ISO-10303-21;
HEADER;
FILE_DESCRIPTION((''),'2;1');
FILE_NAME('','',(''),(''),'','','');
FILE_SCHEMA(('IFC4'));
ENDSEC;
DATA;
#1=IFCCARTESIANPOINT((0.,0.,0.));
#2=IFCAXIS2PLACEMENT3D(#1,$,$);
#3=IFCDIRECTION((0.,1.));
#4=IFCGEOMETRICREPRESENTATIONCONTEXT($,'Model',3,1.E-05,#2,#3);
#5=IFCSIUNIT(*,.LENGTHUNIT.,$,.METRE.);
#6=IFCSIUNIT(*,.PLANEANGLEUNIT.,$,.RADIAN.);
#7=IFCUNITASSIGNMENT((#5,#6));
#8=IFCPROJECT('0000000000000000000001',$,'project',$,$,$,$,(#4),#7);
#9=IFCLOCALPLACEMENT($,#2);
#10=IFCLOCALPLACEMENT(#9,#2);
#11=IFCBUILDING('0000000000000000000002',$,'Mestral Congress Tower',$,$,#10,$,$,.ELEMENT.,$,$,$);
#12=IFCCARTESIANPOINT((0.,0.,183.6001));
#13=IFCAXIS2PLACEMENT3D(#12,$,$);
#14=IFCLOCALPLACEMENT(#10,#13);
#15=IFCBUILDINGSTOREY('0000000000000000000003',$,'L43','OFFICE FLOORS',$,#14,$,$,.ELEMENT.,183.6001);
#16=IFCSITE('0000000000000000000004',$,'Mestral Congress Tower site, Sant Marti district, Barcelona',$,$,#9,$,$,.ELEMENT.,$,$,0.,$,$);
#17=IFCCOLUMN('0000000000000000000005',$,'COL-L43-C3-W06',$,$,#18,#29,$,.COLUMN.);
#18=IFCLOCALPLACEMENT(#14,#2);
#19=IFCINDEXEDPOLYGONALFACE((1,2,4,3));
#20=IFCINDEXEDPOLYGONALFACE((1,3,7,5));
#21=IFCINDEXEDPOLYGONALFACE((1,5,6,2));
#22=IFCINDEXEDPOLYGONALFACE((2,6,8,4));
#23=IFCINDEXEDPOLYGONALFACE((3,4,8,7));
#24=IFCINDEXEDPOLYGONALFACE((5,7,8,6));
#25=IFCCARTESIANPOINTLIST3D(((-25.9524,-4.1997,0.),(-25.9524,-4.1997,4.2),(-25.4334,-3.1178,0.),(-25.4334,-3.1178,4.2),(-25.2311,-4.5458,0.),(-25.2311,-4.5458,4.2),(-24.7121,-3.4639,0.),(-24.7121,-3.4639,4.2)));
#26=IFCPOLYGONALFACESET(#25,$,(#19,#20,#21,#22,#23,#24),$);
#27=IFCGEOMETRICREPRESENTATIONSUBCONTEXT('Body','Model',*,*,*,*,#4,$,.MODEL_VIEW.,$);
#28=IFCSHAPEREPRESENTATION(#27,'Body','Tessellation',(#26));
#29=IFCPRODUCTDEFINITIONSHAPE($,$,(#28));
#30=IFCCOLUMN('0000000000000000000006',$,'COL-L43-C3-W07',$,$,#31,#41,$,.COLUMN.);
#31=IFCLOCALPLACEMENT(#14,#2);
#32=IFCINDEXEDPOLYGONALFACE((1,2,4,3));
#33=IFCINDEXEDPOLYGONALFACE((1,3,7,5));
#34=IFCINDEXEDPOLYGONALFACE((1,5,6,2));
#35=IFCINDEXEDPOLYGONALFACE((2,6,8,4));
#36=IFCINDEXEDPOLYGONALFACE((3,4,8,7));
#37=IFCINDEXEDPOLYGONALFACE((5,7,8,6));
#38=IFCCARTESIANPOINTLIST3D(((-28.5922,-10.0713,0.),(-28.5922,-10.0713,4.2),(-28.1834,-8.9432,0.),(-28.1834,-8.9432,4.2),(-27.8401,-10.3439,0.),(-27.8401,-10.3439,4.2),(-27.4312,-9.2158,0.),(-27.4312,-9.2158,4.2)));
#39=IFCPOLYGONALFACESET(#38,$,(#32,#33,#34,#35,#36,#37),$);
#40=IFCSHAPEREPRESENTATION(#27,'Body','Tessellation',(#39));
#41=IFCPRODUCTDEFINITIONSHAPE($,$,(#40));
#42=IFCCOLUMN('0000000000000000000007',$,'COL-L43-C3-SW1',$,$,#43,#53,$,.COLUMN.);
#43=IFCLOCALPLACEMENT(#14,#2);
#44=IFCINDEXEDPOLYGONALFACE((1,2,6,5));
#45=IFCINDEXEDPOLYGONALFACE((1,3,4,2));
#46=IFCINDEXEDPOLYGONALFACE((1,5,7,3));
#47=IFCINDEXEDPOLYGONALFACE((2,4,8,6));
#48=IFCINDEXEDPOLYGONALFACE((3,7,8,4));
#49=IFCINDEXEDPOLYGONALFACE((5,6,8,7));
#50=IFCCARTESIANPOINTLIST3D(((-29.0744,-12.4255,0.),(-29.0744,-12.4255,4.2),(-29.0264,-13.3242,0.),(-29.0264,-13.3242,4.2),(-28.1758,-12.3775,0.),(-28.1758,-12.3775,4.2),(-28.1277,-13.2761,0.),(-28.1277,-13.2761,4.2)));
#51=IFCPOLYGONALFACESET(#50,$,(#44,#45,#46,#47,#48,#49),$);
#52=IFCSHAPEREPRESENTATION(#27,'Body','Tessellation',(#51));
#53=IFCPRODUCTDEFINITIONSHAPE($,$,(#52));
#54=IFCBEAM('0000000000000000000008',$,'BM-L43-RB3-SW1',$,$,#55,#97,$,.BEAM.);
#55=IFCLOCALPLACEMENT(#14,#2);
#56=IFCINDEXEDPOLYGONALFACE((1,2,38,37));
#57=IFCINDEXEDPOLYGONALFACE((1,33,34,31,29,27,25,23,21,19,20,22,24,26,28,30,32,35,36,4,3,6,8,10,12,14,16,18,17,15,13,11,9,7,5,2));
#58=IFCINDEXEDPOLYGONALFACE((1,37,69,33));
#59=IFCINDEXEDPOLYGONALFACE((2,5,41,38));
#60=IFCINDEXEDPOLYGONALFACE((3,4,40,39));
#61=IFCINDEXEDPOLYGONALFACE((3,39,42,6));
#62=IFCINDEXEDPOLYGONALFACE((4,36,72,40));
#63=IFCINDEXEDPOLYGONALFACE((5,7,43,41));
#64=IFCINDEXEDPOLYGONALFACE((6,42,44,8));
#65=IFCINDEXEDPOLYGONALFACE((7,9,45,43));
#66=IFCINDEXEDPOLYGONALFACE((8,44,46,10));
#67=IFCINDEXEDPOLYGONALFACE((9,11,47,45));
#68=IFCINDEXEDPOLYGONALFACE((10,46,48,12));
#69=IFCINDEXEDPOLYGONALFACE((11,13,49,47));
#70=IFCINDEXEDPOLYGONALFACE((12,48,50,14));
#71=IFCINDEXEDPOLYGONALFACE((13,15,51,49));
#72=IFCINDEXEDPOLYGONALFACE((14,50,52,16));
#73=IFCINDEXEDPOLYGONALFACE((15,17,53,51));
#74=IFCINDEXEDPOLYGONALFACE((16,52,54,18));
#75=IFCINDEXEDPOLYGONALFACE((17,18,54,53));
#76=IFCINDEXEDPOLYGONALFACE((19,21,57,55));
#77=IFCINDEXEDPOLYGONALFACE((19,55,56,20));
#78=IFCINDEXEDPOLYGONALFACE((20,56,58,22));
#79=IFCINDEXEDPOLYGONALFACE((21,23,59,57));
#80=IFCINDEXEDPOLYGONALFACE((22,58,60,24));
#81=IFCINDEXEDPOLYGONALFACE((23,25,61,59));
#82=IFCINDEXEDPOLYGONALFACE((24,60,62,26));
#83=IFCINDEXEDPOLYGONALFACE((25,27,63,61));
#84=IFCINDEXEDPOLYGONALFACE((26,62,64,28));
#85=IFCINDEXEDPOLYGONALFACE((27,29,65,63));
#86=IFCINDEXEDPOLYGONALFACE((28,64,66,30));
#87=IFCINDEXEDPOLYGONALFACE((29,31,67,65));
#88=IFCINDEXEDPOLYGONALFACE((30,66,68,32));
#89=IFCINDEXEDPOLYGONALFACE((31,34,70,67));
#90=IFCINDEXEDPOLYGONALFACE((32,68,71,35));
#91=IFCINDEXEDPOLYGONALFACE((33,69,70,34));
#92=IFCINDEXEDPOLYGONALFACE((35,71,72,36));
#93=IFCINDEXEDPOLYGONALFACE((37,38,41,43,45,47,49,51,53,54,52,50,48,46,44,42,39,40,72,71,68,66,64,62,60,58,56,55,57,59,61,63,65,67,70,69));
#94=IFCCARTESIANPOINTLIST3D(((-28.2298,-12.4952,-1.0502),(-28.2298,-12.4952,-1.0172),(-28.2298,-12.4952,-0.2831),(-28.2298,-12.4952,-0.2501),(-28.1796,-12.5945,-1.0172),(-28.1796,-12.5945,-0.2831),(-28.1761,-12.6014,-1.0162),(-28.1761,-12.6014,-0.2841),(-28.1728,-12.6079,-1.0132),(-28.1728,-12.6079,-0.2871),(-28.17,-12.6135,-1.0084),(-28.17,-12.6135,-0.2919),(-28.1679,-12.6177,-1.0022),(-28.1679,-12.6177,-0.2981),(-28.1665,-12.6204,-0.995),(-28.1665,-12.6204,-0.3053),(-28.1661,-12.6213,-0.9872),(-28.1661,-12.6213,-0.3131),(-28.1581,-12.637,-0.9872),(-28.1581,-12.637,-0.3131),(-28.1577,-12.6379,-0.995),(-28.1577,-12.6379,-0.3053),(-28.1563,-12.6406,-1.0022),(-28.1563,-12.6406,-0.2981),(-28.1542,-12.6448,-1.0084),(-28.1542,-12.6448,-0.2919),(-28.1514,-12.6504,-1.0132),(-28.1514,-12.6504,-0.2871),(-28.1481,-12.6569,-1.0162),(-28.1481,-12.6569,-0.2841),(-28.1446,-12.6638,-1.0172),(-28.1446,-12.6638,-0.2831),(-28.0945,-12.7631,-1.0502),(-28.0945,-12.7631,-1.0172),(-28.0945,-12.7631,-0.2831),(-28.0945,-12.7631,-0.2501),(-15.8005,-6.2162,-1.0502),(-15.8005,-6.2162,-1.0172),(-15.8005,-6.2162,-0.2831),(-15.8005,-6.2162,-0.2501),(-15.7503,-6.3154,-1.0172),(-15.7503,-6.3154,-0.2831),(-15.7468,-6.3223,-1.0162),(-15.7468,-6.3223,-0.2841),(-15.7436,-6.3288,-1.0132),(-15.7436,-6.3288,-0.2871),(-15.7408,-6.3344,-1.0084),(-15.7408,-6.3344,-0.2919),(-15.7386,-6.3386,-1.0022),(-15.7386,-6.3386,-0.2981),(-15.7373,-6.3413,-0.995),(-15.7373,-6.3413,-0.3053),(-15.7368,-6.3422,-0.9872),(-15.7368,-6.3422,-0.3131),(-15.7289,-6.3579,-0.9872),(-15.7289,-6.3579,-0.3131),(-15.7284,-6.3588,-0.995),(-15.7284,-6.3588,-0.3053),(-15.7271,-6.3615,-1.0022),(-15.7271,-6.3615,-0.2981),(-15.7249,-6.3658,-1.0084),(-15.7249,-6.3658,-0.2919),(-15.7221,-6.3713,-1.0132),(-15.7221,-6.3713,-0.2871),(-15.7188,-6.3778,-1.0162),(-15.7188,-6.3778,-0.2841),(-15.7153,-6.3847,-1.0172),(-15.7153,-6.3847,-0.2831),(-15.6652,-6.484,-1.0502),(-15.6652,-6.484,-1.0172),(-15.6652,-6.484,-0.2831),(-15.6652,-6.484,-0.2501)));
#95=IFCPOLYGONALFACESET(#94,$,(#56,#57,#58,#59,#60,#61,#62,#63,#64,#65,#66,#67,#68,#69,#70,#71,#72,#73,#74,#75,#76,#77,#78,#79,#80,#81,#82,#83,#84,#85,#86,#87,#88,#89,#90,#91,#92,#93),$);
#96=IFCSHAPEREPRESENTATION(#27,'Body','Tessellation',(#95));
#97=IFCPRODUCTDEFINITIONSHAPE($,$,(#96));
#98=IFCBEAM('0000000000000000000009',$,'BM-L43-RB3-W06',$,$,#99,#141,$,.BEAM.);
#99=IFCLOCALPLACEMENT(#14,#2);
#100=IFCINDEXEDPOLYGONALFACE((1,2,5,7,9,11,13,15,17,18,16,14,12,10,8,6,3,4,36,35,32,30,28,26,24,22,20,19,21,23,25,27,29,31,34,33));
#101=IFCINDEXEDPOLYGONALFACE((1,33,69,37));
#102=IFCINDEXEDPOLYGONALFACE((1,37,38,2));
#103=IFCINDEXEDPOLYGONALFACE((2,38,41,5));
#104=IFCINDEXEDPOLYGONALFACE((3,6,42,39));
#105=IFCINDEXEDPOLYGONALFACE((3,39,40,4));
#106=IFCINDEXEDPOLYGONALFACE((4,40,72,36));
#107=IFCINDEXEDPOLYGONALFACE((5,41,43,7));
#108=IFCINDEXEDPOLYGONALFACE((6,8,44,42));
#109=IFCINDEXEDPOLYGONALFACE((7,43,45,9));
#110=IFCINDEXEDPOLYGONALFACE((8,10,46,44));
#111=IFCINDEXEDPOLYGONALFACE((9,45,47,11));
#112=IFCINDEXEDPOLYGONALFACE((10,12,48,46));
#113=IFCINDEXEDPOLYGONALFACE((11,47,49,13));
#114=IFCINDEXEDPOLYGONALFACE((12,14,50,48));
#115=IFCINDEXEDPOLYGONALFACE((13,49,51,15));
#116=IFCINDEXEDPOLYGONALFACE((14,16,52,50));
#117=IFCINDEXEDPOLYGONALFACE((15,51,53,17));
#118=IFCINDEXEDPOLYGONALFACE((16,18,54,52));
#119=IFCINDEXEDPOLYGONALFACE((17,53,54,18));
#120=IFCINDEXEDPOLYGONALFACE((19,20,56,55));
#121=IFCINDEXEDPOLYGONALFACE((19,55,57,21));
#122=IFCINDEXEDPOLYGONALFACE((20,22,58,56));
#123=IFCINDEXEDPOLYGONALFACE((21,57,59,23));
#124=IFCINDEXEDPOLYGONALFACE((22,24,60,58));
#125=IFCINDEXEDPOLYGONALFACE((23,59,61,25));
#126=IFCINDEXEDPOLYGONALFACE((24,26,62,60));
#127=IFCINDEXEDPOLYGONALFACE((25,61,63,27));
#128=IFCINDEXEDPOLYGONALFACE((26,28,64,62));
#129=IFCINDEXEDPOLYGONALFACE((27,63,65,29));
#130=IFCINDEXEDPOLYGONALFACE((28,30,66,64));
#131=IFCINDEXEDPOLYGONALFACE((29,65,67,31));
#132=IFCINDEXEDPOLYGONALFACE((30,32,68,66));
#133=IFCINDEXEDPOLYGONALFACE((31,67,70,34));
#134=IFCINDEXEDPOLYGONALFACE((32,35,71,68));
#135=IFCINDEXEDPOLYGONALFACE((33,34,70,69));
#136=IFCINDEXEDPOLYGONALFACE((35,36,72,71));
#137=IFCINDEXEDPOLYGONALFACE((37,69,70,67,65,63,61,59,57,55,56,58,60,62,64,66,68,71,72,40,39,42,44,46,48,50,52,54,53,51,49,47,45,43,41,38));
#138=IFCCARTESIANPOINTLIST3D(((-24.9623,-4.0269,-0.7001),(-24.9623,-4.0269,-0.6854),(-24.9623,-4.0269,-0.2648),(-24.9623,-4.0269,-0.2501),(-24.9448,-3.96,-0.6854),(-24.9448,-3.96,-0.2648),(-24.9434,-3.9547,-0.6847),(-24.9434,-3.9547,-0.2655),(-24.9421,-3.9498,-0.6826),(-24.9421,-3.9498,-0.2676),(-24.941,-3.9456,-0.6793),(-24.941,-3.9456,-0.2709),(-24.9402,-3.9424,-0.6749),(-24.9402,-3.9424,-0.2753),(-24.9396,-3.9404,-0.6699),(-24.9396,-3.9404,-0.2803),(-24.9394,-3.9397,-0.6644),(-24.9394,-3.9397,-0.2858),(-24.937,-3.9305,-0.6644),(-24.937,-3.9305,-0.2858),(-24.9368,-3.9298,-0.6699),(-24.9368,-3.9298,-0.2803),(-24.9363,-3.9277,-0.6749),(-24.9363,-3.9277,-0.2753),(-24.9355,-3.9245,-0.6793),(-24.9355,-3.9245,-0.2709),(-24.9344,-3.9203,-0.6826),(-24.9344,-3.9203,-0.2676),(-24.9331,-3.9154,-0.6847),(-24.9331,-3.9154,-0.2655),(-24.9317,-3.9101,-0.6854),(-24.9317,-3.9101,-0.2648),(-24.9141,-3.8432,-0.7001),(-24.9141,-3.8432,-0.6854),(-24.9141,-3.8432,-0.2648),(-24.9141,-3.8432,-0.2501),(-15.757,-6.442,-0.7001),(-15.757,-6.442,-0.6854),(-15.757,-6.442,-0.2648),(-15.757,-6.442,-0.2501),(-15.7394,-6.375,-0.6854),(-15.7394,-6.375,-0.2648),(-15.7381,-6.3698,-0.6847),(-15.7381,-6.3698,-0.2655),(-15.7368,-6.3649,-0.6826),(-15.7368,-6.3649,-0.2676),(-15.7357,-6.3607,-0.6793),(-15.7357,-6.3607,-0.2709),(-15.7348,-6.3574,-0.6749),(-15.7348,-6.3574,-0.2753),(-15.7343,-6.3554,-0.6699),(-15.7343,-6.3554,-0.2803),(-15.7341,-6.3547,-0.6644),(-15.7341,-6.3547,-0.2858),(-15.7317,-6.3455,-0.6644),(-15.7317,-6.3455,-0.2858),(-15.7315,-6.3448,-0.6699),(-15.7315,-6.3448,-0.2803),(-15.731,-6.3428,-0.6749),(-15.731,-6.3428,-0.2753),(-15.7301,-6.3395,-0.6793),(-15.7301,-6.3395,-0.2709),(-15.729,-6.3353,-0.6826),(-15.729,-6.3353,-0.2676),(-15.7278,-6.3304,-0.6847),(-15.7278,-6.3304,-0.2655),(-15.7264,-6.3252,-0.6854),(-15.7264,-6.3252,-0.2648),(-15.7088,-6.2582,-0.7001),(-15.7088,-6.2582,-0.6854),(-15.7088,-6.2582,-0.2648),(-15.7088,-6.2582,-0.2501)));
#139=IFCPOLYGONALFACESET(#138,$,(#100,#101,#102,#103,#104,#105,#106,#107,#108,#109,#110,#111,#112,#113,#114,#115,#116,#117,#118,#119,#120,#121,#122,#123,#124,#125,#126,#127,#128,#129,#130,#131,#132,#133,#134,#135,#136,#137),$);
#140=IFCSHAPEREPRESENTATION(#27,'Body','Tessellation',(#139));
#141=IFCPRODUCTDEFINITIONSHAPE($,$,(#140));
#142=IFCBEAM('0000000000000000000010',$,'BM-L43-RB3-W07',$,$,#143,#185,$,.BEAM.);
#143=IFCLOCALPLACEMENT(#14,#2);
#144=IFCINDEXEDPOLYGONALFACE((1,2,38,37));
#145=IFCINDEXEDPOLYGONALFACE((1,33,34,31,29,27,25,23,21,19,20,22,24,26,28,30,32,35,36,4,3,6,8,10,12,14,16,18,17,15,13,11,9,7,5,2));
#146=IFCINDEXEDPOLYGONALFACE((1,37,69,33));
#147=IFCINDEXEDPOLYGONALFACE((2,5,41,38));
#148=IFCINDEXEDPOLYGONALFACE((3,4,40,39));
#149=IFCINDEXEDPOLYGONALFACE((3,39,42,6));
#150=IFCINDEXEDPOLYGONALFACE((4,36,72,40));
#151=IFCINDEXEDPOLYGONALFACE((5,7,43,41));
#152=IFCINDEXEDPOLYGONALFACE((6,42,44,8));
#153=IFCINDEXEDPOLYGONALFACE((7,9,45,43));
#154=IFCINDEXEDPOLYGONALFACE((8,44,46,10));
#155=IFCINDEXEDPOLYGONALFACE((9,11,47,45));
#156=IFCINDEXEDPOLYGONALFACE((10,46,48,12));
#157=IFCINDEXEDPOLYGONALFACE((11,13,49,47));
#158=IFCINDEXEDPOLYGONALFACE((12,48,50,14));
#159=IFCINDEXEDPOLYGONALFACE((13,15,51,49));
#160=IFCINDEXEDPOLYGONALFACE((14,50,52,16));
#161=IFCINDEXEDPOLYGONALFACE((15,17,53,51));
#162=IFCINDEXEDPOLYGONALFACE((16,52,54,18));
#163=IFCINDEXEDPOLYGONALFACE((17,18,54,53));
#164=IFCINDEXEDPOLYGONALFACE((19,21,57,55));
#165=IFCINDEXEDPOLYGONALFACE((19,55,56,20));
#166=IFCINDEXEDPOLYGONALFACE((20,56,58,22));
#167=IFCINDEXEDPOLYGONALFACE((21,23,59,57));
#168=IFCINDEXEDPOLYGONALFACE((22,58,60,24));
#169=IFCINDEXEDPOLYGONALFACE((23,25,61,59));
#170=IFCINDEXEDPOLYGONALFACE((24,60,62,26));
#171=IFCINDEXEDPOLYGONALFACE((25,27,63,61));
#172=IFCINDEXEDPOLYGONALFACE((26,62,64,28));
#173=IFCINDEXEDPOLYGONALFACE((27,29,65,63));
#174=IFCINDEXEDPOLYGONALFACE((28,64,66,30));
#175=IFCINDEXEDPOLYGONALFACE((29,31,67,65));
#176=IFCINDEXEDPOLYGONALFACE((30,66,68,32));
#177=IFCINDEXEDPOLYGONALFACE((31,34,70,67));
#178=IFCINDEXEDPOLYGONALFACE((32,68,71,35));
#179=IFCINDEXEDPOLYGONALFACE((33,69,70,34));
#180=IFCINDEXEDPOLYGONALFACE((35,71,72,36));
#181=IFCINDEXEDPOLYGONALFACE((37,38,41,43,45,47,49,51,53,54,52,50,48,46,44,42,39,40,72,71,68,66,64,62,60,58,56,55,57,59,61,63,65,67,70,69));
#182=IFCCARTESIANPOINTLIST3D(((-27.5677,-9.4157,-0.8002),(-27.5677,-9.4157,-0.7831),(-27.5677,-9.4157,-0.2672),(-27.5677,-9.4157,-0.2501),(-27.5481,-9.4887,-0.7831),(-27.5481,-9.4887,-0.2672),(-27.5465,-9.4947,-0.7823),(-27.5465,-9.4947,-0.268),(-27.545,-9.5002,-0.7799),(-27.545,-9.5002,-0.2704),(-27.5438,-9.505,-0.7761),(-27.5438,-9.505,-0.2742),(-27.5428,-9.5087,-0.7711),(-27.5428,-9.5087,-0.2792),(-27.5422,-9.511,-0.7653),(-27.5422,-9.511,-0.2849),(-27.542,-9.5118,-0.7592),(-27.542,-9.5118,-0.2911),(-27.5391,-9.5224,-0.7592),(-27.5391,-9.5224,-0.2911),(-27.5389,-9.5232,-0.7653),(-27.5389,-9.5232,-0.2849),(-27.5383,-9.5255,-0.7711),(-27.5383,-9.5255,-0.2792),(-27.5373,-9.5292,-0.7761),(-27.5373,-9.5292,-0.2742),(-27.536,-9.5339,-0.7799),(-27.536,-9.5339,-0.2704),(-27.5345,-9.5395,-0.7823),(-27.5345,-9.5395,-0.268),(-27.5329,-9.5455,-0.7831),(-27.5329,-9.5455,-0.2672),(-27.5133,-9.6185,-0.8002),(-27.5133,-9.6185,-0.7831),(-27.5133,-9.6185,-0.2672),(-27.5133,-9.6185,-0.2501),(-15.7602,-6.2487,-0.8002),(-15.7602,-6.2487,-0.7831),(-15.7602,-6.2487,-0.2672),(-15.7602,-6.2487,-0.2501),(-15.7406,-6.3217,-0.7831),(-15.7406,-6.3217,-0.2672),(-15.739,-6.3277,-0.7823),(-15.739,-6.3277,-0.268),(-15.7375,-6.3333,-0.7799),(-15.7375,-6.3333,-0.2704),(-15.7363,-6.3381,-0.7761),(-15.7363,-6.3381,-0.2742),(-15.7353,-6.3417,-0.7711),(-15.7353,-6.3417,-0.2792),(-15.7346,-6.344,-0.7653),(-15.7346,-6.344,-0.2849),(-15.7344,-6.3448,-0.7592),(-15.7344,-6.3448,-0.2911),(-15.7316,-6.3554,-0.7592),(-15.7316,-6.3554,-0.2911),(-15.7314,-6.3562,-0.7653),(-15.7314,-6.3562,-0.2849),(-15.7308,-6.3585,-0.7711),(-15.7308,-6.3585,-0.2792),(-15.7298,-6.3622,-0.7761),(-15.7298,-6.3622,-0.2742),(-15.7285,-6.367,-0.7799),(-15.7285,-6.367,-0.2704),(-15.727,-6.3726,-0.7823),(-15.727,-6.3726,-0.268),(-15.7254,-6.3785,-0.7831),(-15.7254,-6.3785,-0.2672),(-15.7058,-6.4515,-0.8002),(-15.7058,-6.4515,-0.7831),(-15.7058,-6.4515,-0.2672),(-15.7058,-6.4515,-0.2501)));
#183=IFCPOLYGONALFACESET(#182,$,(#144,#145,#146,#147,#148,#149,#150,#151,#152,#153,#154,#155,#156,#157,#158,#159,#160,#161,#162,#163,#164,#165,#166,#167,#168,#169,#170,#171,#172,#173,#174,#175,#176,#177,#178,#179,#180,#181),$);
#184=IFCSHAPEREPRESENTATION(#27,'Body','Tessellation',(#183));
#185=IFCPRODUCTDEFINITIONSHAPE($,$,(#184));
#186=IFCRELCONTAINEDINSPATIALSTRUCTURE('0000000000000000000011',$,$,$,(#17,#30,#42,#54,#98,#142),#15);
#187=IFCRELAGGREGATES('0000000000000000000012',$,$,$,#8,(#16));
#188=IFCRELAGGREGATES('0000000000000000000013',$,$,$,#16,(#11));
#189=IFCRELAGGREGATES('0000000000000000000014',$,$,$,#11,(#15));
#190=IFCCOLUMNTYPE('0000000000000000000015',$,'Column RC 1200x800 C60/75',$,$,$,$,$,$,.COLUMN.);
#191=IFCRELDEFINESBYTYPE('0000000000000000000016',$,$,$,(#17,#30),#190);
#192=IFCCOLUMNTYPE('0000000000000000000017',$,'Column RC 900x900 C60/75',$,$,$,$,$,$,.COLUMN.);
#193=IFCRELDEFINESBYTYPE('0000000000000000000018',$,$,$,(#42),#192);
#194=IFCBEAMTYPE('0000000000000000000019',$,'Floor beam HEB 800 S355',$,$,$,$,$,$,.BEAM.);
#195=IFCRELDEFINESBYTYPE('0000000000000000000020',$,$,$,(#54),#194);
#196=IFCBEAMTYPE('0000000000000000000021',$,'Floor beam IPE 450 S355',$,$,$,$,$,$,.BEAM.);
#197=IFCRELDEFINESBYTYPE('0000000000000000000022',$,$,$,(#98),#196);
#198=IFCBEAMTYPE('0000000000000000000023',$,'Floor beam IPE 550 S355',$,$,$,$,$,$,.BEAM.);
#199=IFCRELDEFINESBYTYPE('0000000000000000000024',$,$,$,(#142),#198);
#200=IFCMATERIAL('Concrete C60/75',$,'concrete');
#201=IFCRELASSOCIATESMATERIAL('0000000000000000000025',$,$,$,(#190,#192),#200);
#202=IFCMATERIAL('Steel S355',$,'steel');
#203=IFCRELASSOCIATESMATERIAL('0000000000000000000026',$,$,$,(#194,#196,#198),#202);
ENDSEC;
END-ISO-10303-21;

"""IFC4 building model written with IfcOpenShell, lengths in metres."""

from ifc_helpers import new_model, si_unit, direction, frame, origin, origin_2d, place, context, subcontext, project, spatial, rectangle, i_section, extrude, material, material_profile, profile_set, type_object, element, save


model = new_model("IFC4")

# Units and contexts
model_context = context("Model", 3, precision=1e-05, world=origin(), true_north=direction((0.0, 1.0)))
body_context = subcontext(model_context, "Body", "Model", "MODEL_VIEW")
ifc_project = project(units=[si_unit("LENGTHUNIT", "METRE"), si_unit("PLANEANGLEUNIT", "RADIAN")], contexts=[model_context])

# Site, building, storey
site_placement = place(None, origin())
site = spatial("IfcSite", under=ifc_project, at=site_placement, Name="Mestral Congress Tower site, Sant Marti district, Barcelona", CompositionType="ELEMENT", RefElevation=0.0)
building_placement = place(site_placement, origin())
building = spatial("IfcBuilding", under=site, at=building_placement, Name="Mestral Congress Tower", CompositionType="ELEMENT")
storey_placement = place(building_placement, frame((0.0, 0.0, 183.6001)))
storey = spatial("IfcBuildingStorey", under=building, at=storey_placement, Name="L43", Description="OFFICE FLOORS", CompositionType="ELEMENT", Elevation=183.6001)

# Columns
ifc_material_1 = material(Name="Concrete C60/75", Category="concrete")
ifc_material_profile_1 = material_profile(ifc_material_1, rectangle(XDim=1.2, YDim=0.8, at=origin_2d()), Name="RC 1200x800")
ifc_profile_set_1 = profile_set([ifc_material_profile_1], Name="Concrete C60/75")
column_type_1 = type_object("IfcColumnType", Name="Column RC 1200x800 C60/75", PredefinedType="COLUMN", material=ifc_profile_set_1)
for number, where, z_axis, x_axis, name in (
    (1, (-25.3323, -3.8318, 0.0), (0.0, 0.0, 1.0), (-0.432522, -0.901624, 0.0), "COL-L43-C3-W06"),
    (2, (-28.0117, -9.6436, 0.0), (0.0, 0.0, 1.0), (-0.340744, -0.940156, 0.0), "COL-L43-C3-W07"),
):
    element("IfcColumn", number, at=place(storey_placement, frame(where, z_axis=z_axis, x_axis=x_axis)), inside=storey, type_object=column_type_1, Name=name, PredefinedType="COLUMN", context=body_context, shape_type="SweptSolid", body=[
        extrude(rectangle(XDim=1.2, YDim=0.8, at=origin_2d()), origin(), (0.0, 0.0, 1.0), 4.2),
    ])
ifc_material_profile_2 = material_profile(ifc_material_1, rectangle(XDim=0.8999, YDim=0.8999, at=origin_2d()), Name="RC 900x900")
ifc_profile_set_2 = profile_set([ifc_material_profile_2], Name="Concrete C60/75")
column_type_2 = type_object("IfcColumnType", Name="Column RC 900x900 C60/75", PredefinedType="COLUMN", material=ifc_profile_set_2)
column_placement = place(storey_placement, frame((-28.6011, -12.8508, 0.0), z_axis=(0.0, 0.0, 1.0), x_axis=(0.053392, -0.998574, 0.0)))
element("IfcColumn", 3, at=column_placement, inside=storey, type_object=column_type_2, Name="COL-L43-C3-SW1", PredefinedType="COLUMN", context=body_context, shape_type="SweptSolid", body=[
    extrude(rectangle(XDim=0.8999, YDim=0.8999, at=origin_2d()), origin(), (0.0, 0.0, 1.0), 4.2),
])

# Beams
ifc_material_2 = material(Name="Steel S355", Category="steel")
ifc_material_profile_3 = material_profile(ifc_material_2, i_section(OverallWidth=0.3, OverallDepth=0.8, WebThickness=0.0176, FlangeThickness=0.033, FilletRadius=0.03, at=origin_2d()), Name="HEB 800")
ifc_profile_set_3 = profile_set([ifc_material_profile_3], Name="Steel S355")
beam_type_1 = type_object("IfcBeamType", Name="Floor beam HEB 800 S355", PredefinedType="BEAM", material=ifc_profile_set_3)
beam_1_placement = place(storey_placement, frame((-28.1621, -12.6292, -0.6501), z_axis=(0.892568, 0.450913, 0.0), x_axis=(-0.450913, 0.892568, 0.0)))
element("IfcBeam", 4, at=beam_1_placement, inside=storey, type_object=beam_type_1, Name="BM-L43-RB3-SW1", PredefinedType="BEAM", context=body_context, shape_type="SweptSolid", body=[
    extrude(i_section(OverallWidth=0.3, OverallDepth=0.8, WebThickness=0.0176, FlangeThickness=0.033, FilletRadius=0.03, at=origin_2d()), origin(), (0.0, 0.0, 1.0), 13.9253),
])
ifc_material_profile_4 = material_profile(ifc_material_2, i_section(OverallWidth=0.1899, OverallDepth=0.45, WebThickness=0.0095, FlangeThickness=0.0146, FilletRadius=0.021, at=origin_2d()), Name="IPE 450")
ifc_profile_set_4 = profile_set([ifc_material_profile_4], Name="Steel S355")
beam_type_2 = type_object("IfcBeamType", Name="Floor beam IPE 450 S355", PredefinedType="BEAM", material=ifc_profile_set_4)
beam_2_placement = place(storey_placement, frame((-24.9382, -3.9351, -0.4751), z_axis=(0.967266, -0.253765, 0.0), x_axis=(0.253765, 0.967266, 0.0)))
element("IfcBeam", 5, at=beam_2_placement, inside=storey, type_object=beam_type_2, Name="BM-L43-RB3-W06", PredefinedType="BEAM", context=body_context, shape_type="SweptSolid", body=[
    extrude(i_section(OverallWidth=0.1899, OverallDepth=0.45, WebThickness=0.0095, FlangeThickness=0.0146, FilletRadius=0.021, at=origin_2d()), origin(), (0.0, 0.0, 1.0), 9.5168),
])
ifc_material_profile_5 = material_profile(ifc_material_2, i_section(OverallWidth=0.21, OverallDepth=0.55, WebThickness=0.011, FlangeThickness=0.0171, FilletRadius=0.0239, at=origin_2d()), Name="IPE 550")
ifc_profile_set_5 = profile_set([ifc_material_profile_5], Name="Steel S355")
beam_type_3 = type_object("IfcBeamType", Name="Floor beam IPE 550 S355", PredefinedType="BEAM", material=ifc_profile_set_5)
beam_3_placement = place(storey_placement, frame((-27.5405, -9.5171, -0.5251), z_axis=(0.965861, 0.259059, 0.0), x_axis=(-0.259059, 0.965861, 0.0)))
element("IfcBeam", 6, at=beam_3_placement, inside=storey, type_object=beam_type_3, Name="BM-L43-RB3-W07", PredefinedType="BEAM", context=body_context, shape_type="SweptSolid", body=[
    extrude(i_section(OverallWidth=0.21, OverallDepth=0.55, WebThickness=0.011, FlangeThickness=0.0171, FilletRadius=0.0239, at=origin_2d()), origin(), (0.0, 0.0, 1.0), 12.2249),
])

save(model, "model.ifc")
